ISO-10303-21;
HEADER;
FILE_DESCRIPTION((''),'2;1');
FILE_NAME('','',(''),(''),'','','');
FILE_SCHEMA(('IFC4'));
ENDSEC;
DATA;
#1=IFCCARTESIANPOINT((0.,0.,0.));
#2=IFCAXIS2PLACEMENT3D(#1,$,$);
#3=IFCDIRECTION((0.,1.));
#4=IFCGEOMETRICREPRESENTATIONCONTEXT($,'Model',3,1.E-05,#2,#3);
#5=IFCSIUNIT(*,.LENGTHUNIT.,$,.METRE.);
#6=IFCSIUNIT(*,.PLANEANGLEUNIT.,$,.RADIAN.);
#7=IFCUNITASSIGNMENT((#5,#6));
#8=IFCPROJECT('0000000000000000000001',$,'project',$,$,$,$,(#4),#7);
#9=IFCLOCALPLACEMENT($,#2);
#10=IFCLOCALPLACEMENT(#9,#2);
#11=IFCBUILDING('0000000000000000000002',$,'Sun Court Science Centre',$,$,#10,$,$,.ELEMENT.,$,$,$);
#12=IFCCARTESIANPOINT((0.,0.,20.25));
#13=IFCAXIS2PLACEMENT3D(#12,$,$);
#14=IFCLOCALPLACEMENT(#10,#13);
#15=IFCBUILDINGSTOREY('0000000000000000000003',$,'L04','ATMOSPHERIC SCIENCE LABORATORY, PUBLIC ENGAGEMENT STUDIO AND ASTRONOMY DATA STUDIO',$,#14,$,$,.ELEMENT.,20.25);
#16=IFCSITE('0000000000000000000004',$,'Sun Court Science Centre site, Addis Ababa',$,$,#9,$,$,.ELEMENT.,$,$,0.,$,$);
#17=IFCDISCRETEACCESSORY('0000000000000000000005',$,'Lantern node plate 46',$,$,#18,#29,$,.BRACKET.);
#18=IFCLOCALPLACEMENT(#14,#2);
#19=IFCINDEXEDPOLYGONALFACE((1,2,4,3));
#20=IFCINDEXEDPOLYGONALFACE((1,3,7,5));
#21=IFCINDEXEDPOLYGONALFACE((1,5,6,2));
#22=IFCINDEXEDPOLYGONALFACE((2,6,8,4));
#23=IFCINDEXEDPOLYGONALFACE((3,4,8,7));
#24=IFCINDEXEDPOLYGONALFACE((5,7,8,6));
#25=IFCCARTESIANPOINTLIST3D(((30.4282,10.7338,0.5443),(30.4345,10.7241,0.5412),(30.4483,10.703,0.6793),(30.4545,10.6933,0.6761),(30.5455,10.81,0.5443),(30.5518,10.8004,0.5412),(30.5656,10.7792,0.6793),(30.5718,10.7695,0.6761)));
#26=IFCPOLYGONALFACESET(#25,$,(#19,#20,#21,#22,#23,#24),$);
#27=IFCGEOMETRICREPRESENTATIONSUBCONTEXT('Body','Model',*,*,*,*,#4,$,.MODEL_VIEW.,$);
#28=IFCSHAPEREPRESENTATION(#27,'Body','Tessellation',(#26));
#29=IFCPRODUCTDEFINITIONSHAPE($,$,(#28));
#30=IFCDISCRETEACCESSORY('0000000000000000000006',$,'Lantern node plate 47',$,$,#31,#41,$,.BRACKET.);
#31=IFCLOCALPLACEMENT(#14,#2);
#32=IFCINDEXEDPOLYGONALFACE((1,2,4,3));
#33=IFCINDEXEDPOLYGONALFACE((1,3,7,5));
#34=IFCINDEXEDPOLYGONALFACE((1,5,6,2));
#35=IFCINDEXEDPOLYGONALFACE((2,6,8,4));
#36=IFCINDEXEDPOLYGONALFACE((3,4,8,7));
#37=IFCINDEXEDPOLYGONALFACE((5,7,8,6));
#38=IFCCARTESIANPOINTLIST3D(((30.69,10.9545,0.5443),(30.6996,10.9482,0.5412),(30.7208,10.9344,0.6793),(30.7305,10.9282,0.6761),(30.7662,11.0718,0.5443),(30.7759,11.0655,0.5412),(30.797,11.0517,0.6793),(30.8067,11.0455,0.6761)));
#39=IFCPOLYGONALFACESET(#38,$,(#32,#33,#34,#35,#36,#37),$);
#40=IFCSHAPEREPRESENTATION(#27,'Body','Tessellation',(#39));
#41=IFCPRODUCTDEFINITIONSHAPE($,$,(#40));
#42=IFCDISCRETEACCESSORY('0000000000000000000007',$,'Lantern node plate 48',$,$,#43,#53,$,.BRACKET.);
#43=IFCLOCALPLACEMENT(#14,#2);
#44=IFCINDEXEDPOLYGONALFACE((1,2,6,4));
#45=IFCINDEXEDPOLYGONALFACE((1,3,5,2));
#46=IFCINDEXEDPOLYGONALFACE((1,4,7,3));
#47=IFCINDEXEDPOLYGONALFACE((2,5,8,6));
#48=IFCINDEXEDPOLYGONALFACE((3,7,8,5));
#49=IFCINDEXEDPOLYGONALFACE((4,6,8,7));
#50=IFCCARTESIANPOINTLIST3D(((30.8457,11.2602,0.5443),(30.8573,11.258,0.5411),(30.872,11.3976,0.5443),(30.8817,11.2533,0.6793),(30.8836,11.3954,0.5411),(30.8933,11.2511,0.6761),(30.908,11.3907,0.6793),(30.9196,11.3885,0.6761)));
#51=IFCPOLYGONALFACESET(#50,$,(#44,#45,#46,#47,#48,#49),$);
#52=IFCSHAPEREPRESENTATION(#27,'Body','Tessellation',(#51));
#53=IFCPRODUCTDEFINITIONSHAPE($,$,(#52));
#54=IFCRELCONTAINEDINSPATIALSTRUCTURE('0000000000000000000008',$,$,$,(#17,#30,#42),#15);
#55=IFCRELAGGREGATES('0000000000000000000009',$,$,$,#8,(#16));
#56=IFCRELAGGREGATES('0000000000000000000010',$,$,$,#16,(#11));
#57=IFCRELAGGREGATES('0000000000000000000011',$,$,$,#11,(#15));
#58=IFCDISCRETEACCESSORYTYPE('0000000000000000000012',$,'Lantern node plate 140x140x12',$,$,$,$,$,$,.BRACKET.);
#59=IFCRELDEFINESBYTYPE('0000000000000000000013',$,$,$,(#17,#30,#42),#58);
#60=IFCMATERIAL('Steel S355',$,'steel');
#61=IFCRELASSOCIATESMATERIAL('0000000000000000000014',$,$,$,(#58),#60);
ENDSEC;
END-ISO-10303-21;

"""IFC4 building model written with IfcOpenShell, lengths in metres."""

from ifc_helpers import new_model, si_unit, direction, frame, origin, origin_2d, place, context, subcontext, project, spatial, rectangle, extrude, material, material_profile, profile_set, type_object, element, save


model = new_model("IFC4")

# Units and contexts
model_context = context("Model", 3, precision=1e-05, world=origin(), true_north=direction((0.0, 1.0)))
body_context = subcontext(model_context, "Body", "Model", "MODEL_VIEW")
ifc_project = project(units=[si_unit("LENGTHUNIT", "METRE"), si_unit("PLANEANGLEUNIT", "RADIAN")], contexts=[model_context])

# Site, building, storey
site_placement = place(None, origin())
site = spatial("IfcSite", under=ifc_project, at=site_placement, Name="Sun Court Science Centre site, Addis Ababa", CompositionType="ELEMENT", RefElevation=0.0)
building_placement = place(site_placement, origin())
building = spatial("IfcBuilding", under=site, at=building_placement, Name="Sun Court Science Centre", CompositionType="ELEMENT")
storey_placement = place(building_placement, frame((0.0, 0.0, 20.25)))
storey = spatial("IfcBuildingStorey", under=building, at=storey_placement, Name="L04", Description="ATMOSPHERIC SCIENCE LABORATORY, PUBLIC ENGAGEMENT STUDIO AND ASTRONOMY DATA STUDIO", CompositionType="ELEMENT", Elevation=20.25)

# Discrete accessories
ifc_material_1 = material(Name="Steel S355", Category="steel")
ifc_material_profile_1 = material_profile(ifc_material_1, rectangle(XDim=0.1399, YDim=0.1399, at=origin_2d()), Name="PL 140x140")
ifc_profile_set_1 = profile_set([ifc_material_profile_1], Name="Steel S355")
discrete_accessory_type = type_object("IfcDiscreteAccessoryType", Name="Lantern node plate 140x140x12", PredefinedType="BRACKET", material=ifc_profile_set_1)
for number, where, z_axis, x_axis, name in (
    (1, (30.5032, 10.7468, 0.6086), (-0.525816, 0.808948, 0.262908), (-0.838444, -0.544988, 0.0), "Lantern node plate 46"),
    (2, (30.7532, 10.9968, 0.6086), (-0.808948, 0.525816, 0.262908), (-0.544988, -0.838444, 0.0), "Lantern node plate 47"),
):
    element("IfcDiscreteAccessory", number, at=place(storey_placement, frame(where, z_axis=z_axis, x_axis=x_axis)), inside=storey, type_object=discrete_accessory_type, Name=name, PredefinedType="BRACKET", context=body_context, shape_type="SweptSolid", body=[
        extrude(rectangle(XDim=0.1399, YDim=0.1399, at=origin_2d()), origin(), (0.0, 0.0, 1.0), 0.012),
    ])
discrete_accessory_1_placement = place(storey_placement, frame((30.8884, 11.3232, 0.6086), z_axis=(-0.947804, 0.181494, 0.262159), x_axis=(-0.188072, -0.982155, 0.0)))
element("IfcDiscreteAccessory", 3, at=discrete_accessory_1_placement, inside=storey, type_object=discrete_accessory_type, Name="Lantern node plate 48", PredefinedType="BRACKET", context=body_context, shape_type="SweptSolid", body=[
    extrude(rectangle(XDim=0.1399, YDim=0.1399, at=origin_2d()), origin(), (0.0, 0.0, 1.0), 0.0122),
])

save(model, "model.ifc")
